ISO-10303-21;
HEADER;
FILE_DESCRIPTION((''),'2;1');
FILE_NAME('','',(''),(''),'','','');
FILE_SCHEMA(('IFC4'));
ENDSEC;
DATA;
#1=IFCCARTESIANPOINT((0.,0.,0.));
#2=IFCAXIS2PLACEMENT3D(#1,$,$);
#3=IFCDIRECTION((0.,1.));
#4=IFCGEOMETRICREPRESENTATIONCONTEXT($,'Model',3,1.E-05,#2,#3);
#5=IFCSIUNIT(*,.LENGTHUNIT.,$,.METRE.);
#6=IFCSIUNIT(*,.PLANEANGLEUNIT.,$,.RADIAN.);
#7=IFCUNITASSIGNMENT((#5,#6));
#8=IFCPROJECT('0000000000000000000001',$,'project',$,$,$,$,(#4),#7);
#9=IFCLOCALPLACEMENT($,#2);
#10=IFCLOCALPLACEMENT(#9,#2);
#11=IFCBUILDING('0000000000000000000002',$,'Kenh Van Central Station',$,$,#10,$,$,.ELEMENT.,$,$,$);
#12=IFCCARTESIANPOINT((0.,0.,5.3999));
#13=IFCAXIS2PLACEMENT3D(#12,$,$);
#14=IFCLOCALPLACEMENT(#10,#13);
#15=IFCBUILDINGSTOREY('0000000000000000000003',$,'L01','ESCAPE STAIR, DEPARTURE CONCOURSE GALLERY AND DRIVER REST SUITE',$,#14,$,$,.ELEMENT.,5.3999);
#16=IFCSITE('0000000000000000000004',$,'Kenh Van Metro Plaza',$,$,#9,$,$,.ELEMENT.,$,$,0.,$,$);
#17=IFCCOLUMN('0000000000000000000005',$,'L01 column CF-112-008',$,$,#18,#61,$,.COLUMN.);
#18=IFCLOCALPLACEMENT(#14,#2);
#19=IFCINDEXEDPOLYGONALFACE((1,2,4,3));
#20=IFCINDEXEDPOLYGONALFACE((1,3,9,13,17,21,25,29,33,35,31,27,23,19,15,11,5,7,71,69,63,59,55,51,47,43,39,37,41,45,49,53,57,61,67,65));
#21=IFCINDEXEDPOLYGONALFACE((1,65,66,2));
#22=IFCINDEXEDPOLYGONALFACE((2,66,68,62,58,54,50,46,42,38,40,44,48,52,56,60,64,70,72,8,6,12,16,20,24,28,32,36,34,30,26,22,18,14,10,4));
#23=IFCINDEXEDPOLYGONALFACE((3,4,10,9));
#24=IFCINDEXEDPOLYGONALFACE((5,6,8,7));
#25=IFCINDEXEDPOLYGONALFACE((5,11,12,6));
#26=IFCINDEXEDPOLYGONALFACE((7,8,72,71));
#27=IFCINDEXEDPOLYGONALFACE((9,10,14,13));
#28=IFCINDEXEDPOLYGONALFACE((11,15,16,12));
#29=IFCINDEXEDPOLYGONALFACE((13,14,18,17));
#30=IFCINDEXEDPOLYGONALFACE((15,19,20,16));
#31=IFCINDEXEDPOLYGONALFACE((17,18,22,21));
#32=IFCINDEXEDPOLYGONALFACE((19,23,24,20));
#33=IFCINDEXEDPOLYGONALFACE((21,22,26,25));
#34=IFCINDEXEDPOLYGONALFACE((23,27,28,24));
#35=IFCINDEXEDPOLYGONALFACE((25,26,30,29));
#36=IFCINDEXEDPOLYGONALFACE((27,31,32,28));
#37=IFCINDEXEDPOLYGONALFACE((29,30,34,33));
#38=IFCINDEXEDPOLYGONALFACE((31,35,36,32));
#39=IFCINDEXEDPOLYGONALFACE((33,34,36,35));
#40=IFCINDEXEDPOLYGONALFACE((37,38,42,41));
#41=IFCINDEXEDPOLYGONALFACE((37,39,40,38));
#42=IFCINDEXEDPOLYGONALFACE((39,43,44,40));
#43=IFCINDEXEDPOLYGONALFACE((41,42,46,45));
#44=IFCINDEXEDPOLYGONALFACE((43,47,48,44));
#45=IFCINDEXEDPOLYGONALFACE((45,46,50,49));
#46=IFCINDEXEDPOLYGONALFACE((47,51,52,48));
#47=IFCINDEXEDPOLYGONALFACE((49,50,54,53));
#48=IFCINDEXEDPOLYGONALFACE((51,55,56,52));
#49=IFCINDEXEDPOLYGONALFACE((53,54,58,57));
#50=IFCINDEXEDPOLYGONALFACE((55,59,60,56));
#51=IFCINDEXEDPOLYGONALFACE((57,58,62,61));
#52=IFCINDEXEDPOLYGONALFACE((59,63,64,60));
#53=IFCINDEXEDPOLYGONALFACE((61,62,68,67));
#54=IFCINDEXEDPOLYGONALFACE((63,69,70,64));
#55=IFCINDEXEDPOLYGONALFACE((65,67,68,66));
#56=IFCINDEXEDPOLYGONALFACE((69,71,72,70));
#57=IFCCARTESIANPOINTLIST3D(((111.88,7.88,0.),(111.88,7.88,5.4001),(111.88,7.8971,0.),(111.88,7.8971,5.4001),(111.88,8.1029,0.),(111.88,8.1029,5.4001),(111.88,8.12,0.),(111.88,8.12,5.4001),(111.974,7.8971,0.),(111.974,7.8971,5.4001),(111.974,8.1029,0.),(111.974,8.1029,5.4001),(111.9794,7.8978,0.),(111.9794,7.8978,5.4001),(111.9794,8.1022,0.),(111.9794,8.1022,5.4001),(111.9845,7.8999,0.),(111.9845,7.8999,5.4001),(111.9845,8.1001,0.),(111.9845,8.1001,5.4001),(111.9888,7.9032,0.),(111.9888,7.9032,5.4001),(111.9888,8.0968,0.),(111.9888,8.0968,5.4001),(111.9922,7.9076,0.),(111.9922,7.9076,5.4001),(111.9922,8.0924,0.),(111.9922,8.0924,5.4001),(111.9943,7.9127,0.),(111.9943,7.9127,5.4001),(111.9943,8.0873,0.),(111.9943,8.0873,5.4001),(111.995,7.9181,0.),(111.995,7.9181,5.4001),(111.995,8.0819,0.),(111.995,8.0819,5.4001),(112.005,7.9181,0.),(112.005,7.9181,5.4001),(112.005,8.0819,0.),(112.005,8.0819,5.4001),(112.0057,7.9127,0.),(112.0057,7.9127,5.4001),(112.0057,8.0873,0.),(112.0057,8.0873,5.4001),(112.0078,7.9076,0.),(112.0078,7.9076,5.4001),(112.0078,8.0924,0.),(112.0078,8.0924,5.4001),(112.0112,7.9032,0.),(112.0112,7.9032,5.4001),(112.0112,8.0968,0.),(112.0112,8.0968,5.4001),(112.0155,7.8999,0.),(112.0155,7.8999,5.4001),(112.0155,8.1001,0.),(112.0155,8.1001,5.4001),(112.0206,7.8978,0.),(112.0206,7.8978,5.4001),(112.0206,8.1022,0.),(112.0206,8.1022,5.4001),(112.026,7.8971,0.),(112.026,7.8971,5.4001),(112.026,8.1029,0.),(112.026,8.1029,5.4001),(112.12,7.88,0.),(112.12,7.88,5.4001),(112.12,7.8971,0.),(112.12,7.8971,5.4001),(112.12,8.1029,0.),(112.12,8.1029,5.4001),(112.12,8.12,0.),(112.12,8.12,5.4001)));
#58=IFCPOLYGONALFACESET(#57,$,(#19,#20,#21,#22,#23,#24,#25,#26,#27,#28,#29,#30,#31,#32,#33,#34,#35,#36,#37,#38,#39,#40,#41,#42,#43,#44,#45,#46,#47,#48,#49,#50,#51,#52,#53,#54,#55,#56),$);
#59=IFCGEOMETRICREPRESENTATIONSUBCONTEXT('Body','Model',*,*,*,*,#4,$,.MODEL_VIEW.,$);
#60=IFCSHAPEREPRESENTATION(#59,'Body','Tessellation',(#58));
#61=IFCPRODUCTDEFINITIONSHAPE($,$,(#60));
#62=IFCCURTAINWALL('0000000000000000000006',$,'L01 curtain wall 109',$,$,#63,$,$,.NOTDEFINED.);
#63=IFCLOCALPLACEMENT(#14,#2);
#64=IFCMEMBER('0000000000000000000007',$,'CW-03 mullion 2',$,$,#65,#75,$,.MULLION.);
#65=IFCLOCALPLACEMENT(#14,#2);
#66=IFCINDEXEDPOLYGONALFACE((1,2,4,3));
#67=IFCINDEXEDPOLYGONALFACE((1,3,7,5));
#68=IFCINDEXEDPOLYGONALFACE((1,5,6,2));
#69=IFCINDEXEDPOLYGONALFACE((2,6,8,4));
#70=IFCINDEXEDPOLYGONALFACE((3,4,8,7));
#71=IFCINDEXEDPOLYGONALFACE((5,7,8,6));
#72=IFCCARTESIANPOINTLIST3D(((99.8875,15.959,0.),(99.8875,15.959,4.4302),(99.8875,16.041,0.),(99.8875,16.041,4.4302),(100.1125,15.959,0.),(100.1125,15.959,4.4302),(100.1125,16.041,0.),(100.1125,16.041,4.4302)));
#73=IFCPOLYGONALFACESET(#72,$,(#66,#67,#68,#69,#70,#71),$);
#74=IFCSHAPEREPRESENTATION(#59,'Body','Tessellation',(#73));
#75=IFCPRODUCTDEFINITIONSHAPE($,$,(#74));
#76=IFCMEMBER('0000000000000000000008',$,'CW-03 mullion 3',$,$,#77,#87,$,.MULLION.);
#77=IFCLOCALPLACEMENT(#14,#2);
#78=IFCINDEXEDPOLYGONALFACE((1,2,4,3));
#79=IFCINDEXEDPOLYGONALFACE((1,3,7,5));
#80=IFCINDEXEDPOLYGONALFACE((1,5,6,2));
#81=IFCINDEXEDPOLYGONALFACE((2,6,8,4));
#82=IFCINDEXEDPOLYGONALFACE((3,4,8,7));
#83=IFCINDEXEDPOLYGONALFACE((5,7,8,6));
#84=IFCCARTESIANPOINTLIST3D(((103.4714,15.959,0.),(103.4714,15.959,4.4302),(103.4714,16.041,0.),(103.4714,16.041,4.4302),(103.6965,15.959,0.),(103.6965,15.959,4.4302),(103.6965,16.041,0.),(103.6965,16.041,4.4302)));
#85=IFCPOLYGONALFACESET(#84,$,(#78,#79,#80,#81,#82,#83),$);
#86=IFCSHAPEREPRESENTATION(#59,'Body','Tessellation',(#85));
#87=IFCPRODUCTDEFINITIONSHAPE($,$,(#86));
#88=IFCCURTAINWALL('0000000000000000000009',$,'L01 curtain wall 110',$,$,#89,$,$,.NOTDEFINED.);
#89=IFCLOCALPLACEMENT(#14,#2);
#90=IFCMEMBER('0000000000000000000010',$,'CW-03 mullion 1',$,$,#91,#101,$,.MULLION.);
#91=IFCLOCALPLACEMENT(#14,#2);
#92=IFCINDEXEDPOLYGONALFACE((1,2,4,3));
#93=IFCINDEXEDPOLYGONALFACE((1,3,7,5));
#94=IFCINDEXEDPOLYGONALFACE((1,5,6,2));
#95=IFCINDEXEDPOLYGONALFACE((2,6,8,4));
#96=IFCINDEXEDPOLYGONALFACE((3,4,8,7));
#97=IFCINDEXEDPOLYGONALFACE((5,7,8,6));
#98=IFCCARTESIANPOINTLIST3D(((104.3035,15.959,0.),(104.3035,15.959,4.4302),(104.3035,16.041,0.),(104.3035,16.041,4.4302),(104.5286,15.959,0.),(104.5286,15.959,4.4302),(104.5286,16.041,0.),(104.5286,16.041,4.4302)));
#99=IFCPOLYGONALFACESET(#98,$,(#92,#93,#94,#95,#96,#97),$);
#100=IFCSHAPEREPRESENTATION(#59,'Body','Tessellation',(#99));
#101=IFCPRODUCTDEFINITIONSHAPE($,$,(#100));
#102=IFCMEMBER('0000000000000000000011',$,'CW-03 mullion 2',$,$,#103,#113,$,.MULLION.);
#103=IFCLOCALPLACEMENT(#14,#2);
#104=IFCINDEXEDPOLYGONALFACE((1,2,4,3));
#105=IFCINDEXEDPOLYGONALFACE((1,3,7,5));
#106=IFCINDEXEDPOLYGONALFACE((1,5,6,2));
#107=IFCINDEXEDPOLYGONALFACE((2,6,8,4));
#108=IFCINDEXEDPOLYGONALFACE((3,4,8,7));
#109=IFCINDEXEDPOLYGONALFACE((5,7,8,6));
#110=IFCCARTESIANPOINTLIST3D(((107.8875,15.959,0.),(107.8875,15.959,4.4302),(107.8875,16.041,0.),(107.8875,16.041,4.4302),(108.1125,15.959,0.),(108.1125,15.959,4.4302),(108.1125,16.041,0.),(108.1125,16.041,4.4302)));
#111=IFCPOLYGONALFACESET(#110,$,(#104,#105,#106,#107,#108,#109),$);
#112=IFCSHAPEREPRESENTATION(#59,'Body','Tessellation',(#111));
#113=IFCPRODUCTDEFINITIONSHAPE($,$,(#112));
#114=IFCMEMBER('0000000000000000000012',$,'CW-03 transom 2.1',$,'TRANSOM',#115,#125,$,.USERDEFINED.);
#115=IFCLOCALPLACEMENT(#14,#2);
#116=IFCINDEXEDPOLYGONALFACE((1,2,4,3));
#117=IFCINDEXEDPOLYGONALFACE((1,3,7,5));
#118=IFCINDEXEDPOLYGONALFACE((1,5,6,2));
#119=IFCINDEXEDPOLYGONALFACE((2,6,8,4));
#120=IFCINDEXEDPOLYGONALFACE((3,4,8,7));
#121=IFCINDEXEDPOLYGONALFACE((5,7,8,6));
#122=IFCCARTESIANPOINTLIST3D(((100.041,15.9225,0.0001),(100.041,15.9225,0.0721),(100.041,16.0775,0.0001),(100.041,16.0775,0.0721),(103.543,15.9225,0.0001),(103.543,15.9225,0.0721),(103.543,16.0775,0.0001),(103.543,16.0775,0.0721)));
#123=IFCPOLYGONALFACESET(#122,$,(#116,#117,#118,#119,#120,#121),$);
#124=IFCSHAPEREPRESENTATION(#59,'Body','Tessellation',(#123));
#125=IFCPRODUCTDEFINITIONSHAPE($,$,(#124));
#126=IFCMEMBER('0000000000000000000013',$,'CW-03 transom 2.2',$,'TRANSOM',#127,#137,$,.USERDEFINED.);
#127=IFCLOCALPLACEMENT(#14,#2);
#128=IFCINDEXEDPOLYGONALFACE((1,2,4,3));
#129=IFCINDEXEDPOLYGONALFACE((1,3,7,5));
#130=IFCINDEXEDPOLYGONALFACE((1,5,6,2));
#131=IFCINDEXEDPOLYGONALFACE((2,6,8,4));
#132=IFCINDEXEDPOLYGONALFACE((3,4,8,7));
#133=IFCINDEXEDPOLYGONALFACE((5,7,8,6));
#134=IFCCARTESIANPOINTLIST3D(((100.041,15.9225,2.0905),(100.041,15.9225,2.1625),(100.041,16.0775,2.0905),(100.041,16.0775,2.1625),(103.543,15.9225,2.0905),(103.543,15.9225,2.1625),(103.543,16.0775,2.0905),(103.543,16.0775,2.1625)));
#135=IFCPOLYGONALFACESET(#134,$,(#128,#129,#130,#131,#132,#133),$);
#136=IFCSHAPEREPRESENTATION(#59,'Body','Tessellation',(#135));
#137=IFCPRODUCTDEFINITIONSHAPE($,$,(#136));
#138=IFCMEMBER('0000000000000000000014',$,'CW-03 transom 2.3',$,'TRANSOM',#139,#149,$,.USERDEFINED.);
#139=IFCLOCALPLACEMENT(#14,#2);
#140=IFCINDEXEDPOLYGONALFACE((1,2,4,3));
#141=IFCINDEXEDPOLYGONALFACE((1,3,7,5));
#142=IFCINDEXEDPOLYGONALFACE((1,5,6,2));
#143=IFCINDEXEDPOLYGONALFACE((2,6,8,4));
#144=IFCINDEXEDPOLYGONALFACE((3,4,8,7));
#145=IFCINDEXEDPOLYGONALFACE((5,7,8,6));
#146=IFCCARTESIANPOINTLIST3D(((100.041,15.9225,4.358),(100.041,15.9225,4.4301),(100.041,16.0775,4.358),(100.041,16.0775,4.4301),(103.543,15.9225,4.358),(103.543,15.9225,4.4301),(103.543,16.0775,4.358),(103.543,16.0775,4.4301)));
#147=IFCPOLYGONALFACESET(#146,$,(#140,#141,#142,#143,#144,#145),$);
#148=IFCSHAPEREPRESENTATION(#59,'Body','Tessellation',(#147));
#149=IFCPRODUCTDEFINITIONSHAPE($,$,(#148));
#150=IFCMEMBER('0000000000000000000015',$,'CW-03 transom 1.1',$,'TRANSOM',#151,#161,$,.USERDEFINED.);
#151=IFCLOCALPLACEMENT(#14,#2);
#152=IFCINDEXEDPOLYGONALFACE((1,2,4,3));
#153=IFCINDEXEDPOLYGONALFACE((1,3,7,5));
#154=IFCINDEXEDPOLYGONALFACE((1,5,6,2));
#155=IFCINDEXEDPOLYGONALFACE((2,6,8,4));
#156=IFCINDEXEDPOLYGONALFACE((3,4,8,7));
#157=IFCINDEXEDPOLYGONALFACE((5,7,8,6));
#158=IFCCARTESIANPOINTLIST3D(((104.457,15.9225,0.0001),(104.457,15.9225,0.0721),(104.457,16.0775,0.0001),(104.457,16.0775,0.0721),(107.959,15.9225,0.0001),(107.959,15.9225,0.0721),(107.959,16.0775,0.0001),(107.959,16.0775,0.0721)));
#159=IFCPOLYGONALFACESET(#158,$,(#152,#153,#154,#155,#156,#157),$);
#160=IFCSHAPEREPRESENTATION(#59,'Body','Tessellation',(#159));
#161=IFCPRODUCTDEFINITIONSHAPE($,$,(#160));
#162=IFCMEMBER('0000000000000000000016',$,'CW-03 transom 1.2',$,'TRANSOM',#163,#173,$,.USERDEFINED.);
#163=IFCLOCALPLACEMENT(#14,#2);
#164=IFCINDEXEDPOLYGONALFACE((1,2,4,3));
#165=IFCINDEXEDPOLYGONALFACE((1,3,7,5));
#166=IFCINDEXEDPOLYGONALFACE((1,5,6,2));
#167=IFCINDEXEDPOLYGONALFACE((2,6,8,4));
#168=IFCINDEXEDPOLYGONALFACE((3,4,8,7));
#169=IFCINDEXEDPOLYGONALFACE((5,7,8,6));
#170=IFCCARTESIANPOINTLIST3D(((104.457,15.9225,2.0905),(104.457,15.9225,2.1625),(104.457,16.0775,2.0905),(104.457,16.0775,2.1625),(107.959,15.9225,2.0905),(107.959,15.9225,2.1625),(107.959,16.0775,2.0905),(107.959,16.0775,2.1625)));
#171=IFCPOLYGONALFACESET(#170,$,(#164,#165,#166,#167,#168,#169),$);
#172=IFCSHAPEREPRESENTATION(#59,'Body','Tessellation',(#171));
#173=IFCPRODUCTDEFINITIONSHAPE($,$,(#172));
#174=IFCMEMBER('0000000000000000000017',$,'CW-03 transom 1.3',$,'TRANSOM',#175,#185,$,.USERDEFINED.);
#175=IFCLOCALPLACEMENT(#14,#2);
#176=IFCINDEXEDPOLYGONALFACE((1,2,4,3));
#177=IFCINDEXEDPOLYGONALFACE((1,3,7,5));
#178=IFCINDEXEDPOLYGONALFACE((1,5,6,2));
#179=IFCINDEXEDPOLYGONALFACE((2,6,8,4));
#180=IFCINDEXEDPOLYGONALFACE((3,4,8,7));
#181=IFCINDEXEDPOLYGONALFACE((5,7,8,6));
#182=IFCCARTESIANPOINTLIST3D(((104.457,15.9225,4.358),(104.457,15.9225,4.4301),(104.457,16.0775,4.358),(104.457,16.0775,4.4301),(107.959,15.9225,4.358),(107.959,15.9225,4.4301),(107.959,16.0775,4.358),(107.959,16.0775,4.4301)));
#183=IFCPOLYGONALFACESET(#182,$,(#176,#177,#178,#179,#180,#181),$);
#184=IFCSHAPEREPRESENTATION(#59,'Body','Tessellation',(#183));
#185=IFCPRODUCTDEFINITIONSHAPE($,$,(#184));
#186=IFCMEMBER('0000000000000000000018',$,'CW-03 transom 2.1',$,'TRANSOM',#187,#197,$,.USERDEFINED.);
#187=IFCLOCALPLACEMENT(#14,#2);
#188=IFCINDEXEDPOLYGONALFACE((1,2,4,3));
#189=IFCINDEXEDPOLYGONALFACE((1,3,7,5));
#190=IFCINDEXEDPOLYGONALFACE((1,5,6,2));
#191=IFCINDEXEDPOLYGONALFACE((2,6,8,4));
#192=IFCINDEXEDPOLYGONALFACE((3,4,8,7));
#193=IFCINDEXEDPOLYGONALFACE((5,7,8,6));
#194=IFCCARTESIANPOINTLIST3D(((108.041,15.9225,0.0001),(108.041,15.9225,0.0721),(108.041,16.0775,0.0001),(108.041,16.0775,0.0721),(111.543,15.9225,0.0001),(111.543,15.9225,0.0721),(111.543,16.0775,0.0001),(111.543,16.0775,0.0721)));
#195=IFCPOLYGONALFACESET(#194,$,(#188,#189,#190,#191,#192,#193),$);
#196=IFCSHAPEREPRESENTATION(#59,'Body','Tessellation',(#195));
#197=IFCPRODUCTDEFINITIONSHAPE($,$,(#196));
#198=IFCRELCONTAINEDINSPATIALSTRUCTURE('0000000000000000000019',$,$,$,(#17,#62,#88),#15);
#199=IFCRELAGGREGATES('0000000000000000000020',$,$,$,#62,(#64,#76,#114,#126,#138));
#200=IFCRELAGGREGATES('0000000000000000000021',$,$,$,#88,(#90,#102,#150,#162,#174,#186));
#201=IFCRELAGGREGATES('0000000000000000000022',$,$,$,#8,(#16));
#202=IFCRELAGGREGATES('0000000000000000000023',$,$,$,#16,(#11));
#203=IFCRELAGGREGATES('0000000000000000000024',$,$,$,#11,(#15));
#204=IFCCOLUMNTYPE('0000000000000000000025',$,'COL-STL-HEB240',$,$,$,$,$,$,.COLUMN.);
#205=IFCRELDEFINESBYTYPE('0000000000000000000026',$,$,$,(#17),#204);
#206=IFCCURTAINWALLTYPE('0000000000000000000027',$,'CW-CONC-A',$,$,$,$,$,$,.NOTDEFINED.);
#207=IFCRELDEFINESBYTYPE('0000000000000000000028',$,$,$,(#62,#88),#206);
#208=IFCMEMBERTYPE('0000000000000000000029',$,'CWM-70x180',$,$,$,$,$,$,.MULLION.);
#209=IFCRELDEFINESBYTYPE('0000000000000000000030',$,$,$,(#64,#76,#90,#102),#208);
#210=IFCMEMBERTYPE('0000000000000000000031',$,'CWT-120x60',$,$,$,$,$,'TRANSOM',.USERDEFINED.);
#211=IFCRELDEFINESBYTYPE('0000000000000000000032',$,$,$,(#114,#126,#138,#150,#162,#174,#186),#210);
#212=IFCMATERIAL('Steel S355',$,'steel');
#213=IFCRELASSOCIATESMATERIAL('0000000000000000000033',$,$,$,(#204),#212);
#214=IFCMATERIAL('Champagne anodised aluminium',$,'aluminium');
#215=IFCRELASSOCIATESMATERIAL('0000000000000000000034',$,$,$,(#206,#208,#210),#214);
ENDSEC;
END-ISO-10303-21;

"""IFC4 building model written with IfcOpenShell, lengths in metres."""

from ifc_helpers import new_model, si_unit, direction, frame, origin, origin_2d, place, context, subcontext, project, spatial, rectangle, i_section, extrude, material, material_profile, profile_set, type_object, element, aggregate, save


model = new_model("IFC4")

# Units and contexts
model_context = context("Model", 3, precision=1e-05, world=origin(), true_north=direction((0.0, 1.0)))
body_context = subcontext(model_context, "Body", "Model", "MODEL_VIEW")
ifc_project = project(units=[si_unit("LENGTHUNIT", "METRE"), si_unit("PLANEANGLEUNIT", "RADIAN")], contexts=[model_context])

# Site, building, storey
site_placement = place(None, origin())
site = spatial("IfcSite", under=ifc_project, at=site_placement, Name="Kenh Van Metro Plaza", CompositionType="ELEMENT", RefElevation=0.0)
building_placement = place(site_placement, origin())
building = spatial("IfcBuilding", under=site, at=building_placement, Name="Kenh Van Central Station", CompositionType="ELEMENT")
storey_placement = place(building_placement, frame((0.0, 0.0, 5.3999)))
storey = spatial("IfcBuildingStorey", under=building, at=storey_placement, Name="L01", Description="ESCAPE STAIR, DEPARTURE CONCOURSE GALLERY AND DRIVER REST SUITE", CompositionType="ELEMENT", Elevation=5.3999)

# Column
ifc_material_1 = material(Name="Steel S355", Category="steel")
ifc_material_profile_1 = material_profile(ifc_material_1, i_section(OverallWidth=0.24, OverallDepth=0.24, WebThickness=0.01, FlangeThickness=0.0171, FilletRadius=0.021, at=origin_2d()), Name="HEB 240")
ifc_profile_set_1 = profile_set([ifc_material_profile_1], Name="Steel S355")
column_type_1 = type_object("IfcColumnType", Name="COL-STL-HEB240", PredefinedType="COLUMN", material=ifc_profile_set_1)
for number, where, z_axis, x_axis, name in (
    (1, (112.0, 8.0, 0.0), (0.0, 0.0, 1.0), (1.0, 0.0, 0.0), "L01 column CF-112-008"),
):
    element("IfcColumn", number, at=place(storey_placement, frame(where, z_axis=z_axis, x_axis=x_axis)), inside=storey, type_object=column_type_1, Name=name, PredefinedType="COLUMN", context=body_context, shape_type="SweptSolid", body=[
        extrude(i_section(OverallWidth=0.24, OverallDepth=0.24, WebThickness=0.01, FlangeThickness=0.0171, FilletRadius=0.021, at=origin_2d()), origin(), (0.0, 0.0, 1.0), 5.4001),
    ])

# Curtain walls, members
ifc_material_2 = material(Name="Champagne anodised aluminium", Category="aluminium")
curtain_wall_type = type_object("IfcCurtainWallType", Name="CW-CONC-A", PredefinedType="NOTDEFINED", material=ifc_material_2)
curtain_wall_1_placement = place(storey_placement, origin())
curtain_wall_1 = element("IfcCurtainWall", 2, at=curtain_wall_1_placement, inside=storey, type_object=curtain_wall_type, Name="L01 curtain wall 109", PredefinedType="NOTDEFINED")
ifc_material_profile_2 = material_profile(ifc_material_2, rectangle(XDim=0.082, YDim=0.2251, at=origin_2d()), Name="AL 82x225")
ifc_profile_set_2 = profile_set([ifc_material_profile_2], Name="Champagne anodised aluminium")
member_type_1 = type_object("IfcMemberType", Name="CWM-70x180", PredefinedType="MULLION", material=ifc_profile_set_2)
member_1_placement = place(storey_placement, frame((100.0, 16.0, 0.0), z_axis=(0.0, 0.0, 1.0), x_axis=(0.0, 1.0, 0.0)))
member_1 = element("IfcMember", 3, at=member_1_placement, type_object=member_type_1, Name="CW-03 mullion 2", PredefinedType="MULLION", context=body_context, shape_type="SweptSolid", body=[
    extrude(rectangle(XDim=0.082, YDim=0.2251, at=origin_2d()), origin(), (0.0, 0.0, 1.0), 4.4302),
])
member_2_placement = place(storey_placement, frame((103.584, 16.0, 0.0), z_axis=(0.0, 0.0, 1.0), x_axis=(0.0, 1.0, 0.0)))
member_2 = element("IfcMember", 4, at=member_2_placement, type_object=member_type_1, Name="CW-03 mullion 3", PredefinedType="MULLION", context=body_context, shape_type="SweptSolid", body=[
    extrude(rectangle(XDim=0.082, YDim=0.2251, at=origin_2d()), origin(), (0.0, 0.0, 1.0), 4.4302),
])
curtain_wall_2_placement = place(storey_placement, origin())
curtain_wall_2 = element("IfcCurtainWall", 5, at=curtain_wall_2_placement, inside=storey, type_object=curtain_wall_type, Name="L01 curtain wall 110", PredefinedType="NOTDEFINED")
member_3_placement = place(storey_placement, frame((104.416, 16.0, 0.0), z_axis=(0.0, 0.0, 1.0), x_axis=(0.0, 1.0, 0.0)))
member_3 = element("IfcMember", 6, at=member_3_placement, type_object=member_type_1, Name="CW-03 mullion 1", PredefinedType="MULLION", context=body_context, shape_type="SweptSolid", body=[
    extrude(rectangle(XDim=0.082, YDim=0.2251, at=origin_2d()), origin(), (0.0, 0.0, 1.0), 4.4302),
])
member_4_placement = place(storey_placement, frame((108.0, 16.0, 0.0), z_axis=(0.0, 0.0, 1.0), x_axis=(0.0, 1.0, 0.0)))
member_4 = element("IfcMember", 7, at=member_4_placement, type_object=member_type_1, Name="CW-03 mullion 2", PredefinedType="MULLION", context=body_context, shape_type="SweptSolid", body=[
    extrude(rectangle(XDim=0.082, YDim=0.2251, at=origin_2d()), origin(), (0.0, 0.0, 1.0), 4.4302),
])

# Members
ifc_material_profile_3 = material_profile(ifc_material_2, rectangle(XDim=0.155, YDim=0.072, at=origin_2d()), Name="AL 155x72")
ifc_profile_set_3 = profile_set([ifc_material_profile_3], Name="Champagne anodised aluminium")
member_type_2 = type_object("IfcMemberType", Name="CWT-120x60", ElementType="TRANSOM", PredefinedType="USERDEFINED", material=ifc_profile_set_3)
member_5_placement = place(storey_placement, frame((100.041, 16.0, 0.0361), z_axis=(1.0, 0.0, 0.0), x_axis=(0.0, 1.0, 0.0)))
member_5 = element("IfcMember", 8, at=member_5_placement, type_object=member_type_2, Name="CW-03 transom 2.1", ObjectType="TRANSOM", PredefinedType="USERDEFINED", context=body_context, shape_type="SweptSolid", body=[
    extrude(rectangle(XDim=0.155, YDim=0.072, at=origin_2d()), origin(), (0.0, 0.0, 1.0), 3.502),
])
member_6_placement = place(storey_placement, frame((100.041, 16.0, 2.1265), z_axis=(1.0, 0.0, 0.0), x_axis=(0.0, 1.0, 0.0)))
member_6 = element("IfcMember", 9, at=member_6_placement, type_object=member_type_2, Name="CW-03 transom 2.2", ObjectType="TRANSOM", PredefinedType="USERDEFINED", context=body_context, shape_type="SweptSolid", body=[
    extrude(rectangle(XDim=0.155, YDim=0.072, at=origin_2d()), origin(), (0.0, 0.0, 1.0), 3.502),
])
member_7_placement = place(storey_placement, frame((100.041, 16.0, 4.394), z_axis=(1.0, 0.0, 0.0), x_axis=(0.0, 1.0, 0.0)))
member_7 = element("IfcMember", 10, at=member_7_placement, type_object=member_type_2, Name="CW-03 transom 2.3", ObjectType="TRANSOM", PredefinedType="USERDEFINED", context=body_context, shape_type="SweptSolid", body=[
    extrude(rectangle(XDim=0.155, YDim=0.072, at=origin_2d()), origin(), (0.0, 0.0, 1.0), 3.502),
])
member_8_placement = place(storey_placement, frame((104.457, 16.0, 0.0361), z_axis=(1.0, 0.0, 0.0), x_axis=(0.0, 1.0, 0.0)))
member_8 = element("IfcMember", 11, at=member_8_placement, type_object=member_type_2, Name="CW-03 transom 1.1", ObjectType="TRANSOM", PredefinedType="USERDEFINED", context=body_context, shape_type="SweptSolid", body=[
    extrude(rectangle(XDim=0.155, YDim=0.072, at=origin_2d()), origin(), (0.0, 0.0, 1.0), 3.502),
])
member_9_placement = place(storey_placement, frame((104.457, 16.0, 2.1265), z_axis=(1.0, 0.0, 0.0), x_axis=(0.0, 1.0, 0.0)))
member_9 = element("IfcMember", 12, at=member_9_placement, type_object=member_type_2, Name="CW-03 transom 1.2", ObjectType="TRANSOM", PredefinedType="USERDEFINED", context=body_context, shape_type="SweptSolid", body=[
    extrude(rectangle(XDim=0.155, YDim=0.072, at=origin_2d()), origin(), (0.0, 0.0, 1.0), 3.502),
])
member_10_placement = place(storey_placement, frame((104.457, 16.0, 4.394), z_axis=(1.0, 0.0, 0.0), x_axis=(0.0, 1.0, 0.0)))
member_10 = element("IfcMember", 13, at=member_10_placement, type_object=member_type_2, Name="CW-03 transom 1.3", ObjectType="TRANSOM", PredefinedType="USERDEFINED", context=body_context, shape_type="SweptSolid", body=[
    extrude(rectangle(XDim=0.155, YDim=0.072, at=origin_2d()), origin(), (0.0, 0.0, 1.0), 3.502),
])
member_11_placement = place(storey_placement, frame((108.041, 16.0, 0.0361), z_axis=(1.0, 0.0, 0.0), x_axis=(0.0, 1.0, 0.0)))
member_11 = element("IfcMember", 14, at=member_11_placement, type_object=member_type_2, Name="CW-03 transom 2.1", ObjectType="TRANSOM", PredefinedType="USERDEFINED", context=body_context, shape_type="SweptSolid", body=[
    extrude(rectangle(XDim=0.155, YDim=0.072, at=origin_2d()), origin(), (0.0, 0.0, 1.0), 3.502),
])

aggregate(curtain_wall_1, [member_1, member_2, member_5, member_6, member_7])
aggregate(curtain_wall_2, [member_3, member_4, member_8, member_9, member_10, member_11])

save(model, "model.ifc")
